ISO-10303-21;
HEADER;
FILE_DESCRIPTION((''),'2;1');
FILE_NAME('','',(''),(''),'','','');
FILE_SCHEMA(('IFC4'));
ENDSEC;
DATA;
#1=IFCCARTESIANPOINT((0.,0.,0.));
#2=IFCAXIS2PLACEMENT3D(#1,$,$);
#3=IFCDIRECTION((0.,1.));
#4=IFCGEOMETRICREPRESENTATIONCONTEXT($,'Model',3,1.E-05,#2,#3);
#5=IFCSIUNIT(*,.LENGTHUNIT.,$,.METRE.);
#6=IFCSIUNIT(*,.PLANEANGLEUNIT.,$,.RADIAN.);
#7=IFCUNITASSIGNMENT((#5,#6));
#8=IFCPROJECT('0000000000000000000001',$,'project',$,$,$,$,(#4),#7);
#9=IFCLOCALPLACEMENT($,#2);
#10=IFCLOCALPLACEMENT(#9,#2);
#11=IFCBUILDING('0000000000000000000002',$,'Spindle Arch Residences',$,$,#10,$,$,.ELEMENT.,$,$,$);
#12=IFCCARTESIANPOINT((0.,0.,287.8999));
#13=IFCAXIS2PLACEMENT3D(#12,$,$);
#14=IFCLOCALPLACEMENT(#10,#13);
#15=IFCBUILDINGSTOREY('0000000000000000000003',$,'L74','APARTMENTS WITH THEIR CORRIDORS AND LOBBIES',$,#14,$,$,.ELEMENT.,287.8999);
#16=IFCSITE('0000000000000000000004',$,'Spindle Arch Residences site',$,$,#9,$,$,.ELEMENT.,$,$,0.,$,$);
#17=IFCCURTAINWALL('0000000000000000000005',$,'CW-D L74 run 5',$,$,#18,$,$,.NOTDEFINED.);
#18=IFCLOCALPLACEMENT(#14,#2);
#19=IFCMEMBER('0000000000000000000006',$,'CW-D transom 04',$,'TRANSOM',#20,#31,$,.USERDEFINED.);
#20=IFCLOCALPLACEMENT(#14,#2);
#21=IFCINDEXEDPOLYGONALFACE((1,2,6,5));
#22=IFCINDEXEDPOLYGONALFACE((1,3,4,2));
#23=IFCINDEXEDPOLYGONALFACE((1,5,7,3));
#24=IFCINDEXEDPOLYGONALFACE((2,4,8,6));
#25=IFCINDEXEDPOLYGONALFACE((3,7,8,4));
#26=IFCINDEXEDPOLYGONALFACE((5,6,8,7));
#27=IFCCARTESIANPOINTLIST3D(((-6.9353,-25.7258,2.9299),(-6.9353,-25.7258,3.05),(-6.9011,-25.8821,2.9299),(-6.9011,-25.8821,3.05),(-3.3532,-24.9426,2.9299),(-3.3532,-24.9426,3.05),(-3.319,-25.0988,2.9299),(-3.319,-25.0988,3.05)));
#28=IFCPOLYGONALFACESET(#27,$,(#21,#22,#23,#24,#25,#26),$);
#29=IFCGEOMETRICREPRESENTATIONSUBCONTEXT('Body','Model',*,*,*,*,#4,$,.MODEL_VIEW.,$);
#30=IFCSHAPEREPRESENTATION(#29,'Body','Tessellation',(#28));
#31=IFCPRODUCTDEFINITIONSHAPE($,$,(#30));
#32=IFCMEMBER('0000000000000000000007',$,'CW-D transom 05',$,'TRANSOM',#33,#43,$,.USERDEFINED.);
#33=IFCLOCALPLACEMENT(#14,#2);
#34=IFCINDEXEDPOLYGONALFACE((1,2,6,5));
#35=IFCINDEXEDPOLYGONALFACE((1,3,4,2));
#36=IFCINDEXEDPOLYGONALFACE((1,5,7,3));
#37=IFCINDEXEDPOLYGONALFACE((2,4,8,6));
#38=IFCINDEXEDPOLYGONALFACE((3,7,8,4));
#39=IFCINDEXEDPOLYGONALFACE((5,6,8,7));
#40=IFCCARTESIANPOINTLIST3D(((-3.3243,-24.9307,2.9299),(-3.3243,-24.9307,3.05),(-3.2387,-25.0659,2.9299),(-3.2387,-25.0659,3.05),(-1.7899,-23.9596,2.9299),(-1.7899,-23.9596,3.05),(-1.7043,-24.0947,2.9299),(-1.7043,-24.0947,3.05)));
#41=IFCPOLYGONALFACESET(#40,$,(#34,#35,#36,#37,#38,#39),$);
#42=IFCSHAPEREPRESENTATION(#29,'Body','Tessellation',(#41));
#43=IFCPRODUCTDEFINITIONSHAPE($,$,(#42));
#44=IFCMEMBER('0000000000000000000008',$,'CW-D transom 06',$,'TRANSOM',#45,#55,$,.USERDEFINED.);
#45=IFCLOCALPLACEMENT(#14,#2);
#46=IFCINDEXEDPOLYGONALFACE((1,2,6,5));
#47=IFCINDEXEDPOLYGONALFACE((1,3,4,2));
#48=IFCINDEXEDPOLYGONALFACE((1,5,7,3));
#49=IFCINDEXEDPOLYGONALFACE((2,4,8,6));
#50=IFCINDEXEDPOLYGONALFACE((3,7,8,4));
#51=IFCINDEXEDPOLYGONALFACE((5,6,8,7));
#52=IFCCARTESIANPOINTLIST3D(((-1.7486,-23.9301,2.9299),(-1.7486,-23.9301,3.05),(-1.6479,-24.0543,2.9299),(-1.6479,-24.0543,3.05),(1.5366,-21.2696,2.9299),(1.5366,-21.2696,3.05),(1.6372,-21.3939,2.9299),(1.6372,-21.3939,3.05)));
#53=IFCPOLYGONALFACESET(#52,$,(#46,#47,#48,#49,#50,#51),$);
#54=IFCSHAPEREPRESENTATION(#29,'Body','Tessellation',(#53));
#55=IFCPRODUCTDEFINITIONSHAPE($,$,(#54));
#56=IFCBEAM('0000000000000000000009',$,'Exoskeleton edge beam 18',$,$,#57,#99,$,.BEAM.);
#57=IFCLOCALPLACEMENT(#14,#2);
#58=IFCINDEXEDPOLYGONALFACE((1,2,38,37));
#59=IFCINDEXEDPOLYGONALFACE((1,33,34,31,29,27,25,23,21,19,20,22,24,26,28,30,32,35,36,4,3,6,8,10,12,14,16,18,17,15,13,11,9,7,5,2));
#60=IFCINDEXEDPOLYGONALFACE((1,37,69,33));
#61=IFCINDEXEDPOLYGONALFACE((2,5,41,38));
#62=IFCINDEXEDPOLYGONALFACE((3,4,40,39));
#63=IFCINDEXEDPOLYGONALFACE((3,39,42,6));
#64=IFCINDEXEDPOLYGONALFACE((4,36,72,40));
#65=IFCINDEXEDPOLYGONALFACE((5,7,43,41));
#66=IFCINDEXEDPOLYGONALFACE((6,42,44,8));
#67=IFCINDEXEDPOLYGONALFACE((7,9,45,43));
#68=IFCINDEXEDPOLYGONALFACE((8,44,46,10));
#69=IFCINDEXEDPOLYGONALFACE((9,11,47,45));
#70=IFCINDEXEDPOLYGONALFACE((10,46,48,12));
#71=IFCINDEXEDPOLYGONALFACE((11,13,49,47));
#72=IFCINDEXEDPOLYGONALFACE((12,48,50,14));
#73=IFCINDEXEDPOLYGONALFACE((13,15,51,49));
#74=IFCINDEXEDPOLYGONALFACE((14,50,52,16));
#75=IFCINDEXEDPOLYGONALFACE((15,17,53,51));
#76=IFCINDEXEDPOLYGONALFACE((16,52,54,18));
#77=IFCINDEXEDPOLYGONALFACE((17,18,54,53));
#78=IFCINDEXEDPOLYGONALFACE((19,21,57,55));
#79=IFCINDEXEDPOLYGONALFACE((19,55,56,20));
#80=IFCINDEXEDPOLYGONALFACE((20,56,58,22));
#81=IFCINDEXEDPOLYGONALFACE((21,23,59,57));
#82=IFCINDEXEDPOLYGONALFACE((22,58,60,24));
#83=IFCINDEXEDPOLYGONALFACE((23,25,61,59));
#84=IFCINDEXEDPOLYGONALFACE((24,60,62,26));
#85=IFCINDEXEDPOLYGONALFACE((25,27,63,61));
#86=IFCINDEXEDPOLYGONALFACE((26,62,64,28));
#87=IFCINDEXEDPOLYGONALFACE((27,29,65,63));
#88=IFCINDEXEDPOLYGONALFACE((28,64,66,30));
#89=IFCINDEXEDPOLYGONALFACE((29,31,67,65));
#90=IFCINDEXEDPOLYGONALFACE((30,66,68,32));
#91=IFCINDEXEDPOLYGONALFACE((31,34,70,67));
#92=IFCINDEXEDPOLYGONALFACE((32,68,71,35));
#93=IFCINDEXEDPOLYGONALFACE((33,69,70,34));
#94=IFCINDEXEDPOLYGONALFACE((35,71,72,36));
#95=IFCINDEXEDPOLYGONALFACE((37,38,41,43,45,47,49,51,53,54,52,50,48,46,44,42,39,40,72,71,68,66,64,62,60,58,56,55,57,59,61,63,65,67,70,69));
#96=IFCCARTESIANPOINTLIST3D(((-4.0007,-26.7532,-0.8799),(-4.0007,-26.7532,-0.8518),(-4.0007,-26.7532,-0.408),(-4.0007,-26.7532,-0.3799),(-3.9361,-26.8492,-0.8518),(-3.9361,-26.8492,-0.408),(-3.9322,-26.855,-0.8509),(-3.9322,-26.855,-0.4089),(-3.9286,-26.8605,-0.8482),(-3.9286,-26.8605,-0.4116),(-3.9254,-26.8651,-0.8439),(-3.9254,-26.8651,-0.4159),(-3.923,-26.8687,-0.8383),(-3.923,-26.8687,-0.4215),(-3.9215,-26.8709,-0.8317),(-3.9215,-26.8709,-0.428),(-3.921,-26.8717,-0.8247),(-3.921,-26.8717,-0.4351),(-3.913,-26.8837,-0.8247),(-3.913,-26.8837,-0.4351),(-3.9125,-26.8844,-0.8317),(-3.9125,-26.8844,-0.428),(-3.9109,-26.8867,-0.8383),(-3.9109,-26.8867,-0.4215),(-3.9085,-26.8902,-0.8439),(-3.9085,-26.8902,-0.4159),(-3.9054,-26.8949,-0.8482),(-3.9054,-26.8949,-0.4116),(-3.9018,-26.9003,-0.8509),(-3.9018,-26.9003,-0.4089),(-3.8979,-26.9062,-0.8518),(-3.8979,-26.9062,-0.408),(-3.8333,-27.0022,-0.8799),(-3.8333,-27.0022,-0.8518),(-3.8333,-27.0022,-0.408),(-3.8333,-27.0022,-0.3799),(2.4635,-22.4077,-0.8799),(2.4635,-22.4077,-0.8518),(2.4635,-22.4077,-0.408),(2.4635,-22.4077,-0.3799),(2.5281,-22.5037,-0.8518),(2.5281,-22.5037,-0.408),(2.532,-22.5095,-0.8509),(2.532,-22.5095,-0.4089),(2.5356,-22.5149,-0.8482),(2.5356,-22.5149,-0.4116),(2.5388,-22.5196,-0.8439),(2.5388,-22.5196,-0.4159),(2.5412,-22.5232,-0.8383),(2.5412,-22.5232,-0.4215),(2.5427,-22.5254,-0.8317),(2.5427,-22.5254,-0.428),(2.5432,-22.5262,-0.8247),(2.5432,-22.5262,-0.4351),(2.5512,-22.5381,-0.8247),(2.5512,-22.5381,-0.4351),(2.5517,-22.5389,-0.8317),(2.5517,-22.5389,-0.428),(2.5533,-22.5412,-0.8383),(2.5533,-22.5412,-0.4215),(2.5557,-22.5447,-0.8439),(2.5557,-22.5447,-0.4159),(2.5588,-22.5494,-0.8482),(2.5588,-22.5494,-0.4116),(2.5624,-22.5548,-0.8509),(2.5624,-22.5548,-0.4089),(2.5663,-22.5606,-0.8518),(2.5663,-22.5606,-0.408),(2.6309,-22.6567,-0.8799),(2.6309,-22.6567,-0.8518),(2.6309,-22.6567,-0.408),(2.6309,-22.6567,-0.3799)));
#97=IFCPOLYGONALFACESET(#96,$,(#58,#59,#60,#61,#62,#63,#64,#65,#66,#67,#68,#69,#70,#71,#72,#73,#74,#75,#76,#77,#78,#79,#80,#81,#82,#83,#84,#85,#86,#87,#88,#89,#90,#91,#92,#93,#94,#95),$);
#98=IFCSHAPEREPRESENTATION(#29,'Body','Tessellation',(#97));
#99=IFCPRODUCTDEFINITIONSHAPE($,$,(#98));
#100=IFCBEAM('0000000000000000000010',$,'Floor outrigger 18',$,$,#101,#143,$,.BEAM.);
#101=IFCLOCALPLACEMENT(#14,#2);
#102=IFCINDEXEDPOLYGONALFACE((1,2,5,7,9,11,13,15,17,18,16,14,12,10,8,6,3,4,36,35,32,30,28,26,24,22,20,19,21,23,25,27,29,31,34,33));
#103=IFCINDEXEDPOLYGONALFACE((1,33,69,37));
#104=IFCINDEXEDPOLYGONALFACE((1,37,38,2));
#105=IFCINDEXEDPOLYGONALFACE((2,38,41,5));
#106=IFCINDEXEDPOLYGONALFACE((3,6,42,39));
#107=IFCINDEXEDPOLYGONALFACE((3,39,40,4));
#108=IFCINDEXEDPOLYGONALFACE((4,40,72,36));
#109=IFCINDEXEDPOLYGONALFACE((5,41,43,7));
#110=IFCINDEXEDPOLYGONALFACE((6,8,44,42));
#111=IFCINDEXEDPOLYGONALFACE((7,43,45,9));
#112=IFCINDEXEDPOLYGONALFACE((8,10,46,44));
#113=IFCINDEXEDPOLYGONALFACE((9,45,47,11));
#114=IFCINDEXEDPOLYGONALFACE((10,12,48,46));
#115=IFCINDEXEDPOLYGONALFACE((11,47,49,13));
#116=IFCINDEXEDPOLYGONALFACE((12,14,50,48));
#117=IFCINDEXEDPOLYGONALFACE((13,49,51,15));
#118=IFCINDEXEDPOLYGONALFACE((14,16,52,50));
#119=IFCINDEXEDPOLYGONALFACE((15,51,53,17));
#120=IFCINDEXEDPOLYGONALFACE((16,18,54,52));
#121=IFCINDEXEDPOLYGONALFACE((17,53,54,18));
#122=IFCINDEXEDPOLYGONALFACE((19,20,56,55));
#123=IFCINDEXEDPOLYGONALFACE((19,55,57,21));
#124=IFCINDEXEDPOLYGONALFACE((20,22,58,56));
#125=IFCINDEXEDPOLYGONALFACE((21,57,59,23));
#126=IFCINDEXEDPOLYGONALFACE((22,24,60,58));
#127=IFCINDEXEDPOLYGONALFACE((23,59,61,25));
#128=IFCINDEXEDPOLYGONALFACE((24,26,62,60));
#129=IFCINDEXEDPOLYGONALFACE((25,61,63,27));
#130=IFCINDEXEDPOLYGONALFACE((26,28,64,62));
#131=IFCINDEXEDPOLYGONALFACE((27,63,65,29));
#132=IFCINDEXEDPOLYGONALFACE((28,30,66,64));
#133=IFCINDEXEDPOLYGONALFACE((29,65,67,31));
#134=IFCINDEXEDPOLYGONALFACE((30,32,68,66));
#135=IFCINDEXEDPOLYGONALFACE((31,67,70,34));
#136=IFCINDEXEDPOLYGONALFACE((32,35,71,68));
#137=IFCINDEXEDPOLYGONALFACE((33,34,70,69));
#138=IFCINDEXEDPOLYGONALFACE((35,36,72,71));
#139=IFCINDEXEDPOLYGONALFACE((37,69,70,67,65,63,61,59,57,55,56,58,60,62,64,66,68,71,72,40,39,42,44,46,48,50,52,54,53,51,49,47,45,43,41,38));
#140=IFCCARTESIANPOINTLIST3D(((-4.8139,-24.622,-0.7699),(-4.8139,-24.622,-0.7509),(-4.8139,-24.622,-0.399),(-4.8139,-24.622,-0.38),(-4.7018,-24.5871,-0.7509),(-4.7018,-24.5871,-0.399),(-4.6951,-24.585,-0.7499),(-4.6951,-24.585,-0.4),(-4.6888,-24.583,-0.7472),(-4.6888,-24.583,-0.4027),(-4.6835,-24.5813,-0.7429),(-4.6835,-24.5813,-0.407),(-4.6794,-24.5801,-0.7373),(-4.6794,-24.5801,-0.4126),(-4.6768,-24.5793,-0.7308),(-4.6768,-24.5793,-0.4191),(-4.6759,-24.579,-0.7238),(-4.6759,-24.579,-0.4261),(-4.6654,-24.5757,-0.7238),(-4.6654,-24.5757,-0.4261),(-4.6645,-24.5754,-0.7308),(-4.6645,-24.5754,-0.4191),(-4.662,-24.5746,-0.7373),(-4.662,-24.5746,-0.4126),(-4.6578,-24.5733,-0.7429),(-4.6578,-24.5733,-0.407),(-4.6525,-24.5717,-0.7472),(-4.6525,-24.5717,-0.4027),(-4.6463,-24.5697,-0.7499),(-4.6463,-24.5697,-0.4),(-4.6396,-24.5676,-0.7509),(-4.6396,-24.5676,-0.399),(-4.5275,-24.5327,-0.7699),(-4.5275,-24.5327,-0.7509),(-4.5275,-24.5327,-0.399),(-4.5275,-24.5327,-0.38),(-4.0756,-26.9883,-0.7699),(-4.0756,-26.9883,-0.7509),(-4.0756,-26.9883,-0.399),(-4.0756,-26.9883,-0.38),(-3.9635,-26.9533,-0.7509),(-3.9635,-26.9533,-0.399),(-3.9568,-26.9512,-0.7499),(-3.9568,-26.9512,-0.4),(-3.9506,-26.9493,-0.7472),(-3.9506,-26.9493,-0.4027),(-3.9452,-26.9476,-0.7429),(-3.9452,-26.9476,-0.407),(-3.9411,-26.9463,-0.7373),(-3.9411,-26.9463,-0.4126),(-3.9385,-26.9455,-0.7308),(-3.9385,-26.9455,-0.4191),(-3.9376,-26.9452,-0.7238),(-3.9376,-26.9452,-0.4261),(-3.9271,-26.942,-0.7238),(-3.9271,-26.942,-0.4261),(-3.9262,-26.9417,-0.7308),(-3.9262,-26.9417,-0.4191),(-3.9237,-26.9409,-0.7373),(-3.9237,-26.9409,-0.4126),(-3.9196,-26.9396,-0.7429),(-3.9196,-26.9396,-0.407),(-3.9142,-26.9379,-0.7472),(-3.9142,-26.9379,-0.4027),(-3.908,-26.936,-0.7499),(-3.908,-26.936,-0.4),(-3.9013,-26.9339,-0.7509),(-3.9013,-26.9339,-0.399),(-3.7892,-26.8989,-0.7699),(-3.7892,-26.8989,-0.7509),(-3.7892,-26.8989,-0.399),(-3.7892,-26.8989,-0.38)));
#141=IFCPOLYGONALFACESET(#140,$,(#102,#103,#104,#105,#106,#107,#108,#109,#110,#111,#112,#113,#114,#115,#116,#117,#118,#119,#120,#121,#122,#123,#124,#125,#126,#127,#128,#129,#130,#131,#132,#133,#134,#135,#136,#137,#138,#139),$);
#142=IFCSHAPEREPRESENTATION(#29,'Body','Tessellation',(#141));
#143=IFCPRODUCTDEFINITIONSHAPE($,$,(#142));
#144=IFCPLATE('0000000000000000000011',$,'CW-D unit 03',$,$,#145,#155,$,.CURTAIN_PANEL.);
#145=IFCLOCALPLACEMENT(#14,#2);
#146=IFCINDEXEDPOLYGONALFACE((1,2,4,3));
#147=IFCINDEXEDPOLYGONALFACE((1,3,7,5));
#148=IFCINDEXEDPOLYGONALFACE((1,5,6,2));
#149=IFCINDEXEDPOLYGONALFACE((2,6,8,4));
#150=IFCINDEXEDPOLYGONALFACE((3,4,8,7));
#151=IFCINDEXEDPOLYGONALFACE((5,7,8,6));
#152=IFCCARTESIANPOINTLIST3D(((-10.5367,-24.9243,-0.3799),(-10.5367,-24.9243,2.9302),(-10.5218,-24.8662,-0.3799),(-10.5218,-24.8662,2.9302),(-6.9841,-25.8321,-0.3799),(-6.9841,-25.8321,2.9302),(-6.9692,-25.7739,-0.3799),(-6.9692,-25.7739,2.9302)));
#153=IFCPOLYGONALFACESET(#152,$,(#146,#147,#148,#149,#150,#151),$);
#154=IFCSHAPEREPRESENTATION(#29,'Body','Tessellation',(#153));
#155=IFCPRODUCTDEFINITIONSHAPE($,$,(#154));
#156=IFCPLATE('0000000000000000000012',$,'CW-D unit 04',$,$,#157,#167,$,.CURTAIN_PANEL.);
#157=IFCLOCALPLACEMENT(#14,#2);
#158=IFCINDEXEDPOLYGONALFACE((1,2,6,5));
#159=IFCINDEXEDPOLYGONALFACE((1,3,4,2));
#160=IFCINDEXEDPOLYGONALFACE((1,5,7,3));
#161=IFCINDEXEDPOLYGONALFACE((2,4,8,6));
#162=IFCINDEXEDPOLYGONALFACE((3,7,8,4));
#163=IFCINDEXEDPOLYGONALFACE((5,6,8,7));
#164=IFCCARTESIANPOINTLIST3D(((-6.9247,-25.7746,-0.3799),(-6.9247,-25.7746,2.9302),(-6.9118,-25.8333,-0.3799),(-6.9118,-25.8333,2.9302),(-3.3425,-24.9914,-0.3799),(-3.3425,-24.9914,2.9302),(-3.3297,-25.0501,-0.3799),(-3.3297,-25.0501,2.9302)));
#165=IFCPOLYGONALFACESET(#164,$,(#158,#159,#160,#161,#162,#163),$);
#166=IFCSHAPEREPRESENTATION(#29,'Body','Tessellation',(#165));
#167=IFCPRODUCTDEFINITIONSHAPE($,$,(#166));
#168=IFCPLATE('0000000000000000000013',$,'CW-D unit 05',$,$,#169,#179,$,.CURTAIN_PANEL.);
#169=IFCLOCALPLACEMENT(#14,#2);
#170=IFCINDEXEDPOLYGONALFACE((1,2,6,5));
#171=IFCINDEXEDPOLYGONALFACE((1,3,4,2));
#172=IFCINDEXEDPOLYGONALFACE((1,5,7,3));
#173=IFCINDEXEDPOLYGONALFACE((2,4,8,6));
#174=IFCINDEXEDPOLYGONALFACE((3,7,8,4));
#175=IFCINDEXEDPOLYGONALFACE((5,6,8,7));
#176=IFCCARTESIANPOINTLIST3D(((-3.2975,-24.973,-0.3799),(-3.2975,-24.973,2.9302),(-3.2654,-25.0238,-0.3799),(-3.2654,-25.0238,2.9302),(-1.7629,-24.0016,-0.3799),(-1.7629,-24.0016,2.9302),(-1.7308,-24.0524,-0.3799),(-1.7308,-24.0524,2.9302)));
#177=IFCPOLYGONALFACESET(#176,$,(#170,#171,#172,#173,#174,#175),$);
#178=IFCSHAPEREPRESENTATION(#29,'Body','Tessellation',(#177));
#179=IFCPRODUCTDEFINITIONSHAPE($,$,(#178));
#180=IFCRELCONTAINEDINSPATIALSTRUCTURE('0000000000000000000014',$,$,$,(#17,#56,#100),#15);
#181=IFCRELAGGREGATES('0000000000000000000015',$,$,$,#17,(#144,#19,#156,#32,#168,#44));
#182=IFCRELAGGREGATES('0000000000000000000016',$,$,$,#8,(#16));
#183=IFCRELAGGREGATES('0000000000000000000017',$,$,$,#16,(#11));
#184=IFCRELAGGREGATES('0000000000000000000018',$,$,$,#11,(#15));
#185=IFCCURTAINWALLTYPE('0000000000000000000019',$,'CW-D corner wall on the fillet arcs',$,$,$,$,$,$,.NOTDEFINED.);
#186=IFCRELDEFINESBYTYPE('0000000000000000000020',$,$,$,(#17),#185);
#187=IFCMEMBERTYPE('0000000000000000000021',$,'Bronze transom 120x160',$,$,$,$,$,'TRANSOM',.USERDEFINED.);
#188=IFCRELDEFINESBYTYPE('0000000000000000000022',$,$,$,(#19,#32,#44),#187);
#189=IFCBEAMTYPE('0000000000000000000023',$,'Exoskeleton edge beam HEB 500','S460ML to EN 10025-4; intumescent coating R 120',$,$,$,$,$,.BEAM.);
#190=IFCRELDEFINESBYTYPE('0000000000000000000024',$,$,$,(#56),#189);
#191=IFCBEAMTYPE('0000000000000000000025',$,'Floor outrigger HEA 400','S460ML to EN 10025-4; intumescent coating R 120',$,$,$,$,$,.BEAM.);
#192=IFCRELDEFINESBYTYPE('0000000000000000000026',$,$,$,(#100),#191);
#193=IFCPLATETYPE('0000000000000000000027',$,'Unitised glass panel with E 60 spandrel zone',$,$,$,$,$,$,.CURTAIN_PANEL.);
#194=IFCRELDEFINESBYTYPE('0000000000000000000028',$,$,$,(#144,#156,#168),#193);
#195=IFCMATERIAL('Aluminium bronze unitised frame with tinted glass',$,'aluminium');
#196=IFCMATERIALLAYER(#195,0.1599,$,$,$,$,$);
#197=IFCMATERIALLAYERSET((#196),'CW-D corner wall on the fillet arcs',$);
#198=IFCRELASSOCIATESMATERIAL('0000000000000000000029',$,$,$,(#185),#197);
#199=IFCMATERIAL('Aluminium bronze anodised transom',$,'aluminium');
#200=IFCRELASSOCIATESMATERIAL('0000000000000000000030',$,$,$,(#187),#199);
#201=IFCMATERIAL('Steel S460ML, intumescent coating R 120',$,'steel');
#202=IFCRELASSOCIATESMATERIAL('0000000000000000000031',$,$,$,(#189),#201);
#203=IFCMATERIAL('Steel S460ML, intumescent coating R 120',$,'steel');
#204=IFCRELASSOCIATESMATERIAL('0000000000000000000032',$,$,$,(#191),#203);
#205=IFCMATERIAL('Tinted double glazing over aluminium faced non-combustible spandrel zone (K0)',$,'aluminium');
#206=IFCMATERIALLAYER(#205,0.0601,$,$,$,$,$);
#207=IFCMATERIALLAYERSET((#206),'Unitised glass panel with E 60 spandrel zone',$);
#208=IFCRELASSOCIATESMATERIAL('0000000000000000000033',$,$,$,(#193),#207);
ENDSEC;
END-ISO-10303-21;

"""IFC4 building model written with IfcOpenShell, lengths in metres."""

from ifc_helpers import new_model, si_unit, direction, frame, origin, origin_2d, place, context, subcontext, project, spatial, rectangle, i_section, extrude, material, layer, layer_set, material_profile, profile_set, type_object, element, aggregate, save


model = new_model("IFC4")

# Units and contexts
model_context = context("Model", 3, precision=1e-05, world=origin(), true_north=direction((0.0, 1.0)))
body_context = subcontext(model_context, "Body", "Model", "MODEL_VIEW")
ifc_project = project(units=[si_unit("LENGTHUNIT", "METRE"), si_unit("PLANEANGLEUNIT", "RADIAN")], contexts=[model_context])

# Site, building, storey
site_placement = place(None, origin())
site = spatial("IfcSite", under=ifc_project, at=site_placement, Name="Spindle Arch Residences site", CompositionType="ELEMENT", RefElevation=0.0)
building_placement = place(site_placement, origin())
building = spatial("IfcBuilding", under=site, at=building_placement, Name="Spindle Arch Residences", CompositionType="ELEMENT")
storey_placement = place(building_placement, frame((0.0, 0.0, 287.8999)))
storey = spatial("IfcBuildingStorey", under=building, at=storey_placement, Name="L74", Description="APARTMENTS WITH THEIR CORRIDORS AND LOBBIES", CompositionType="ELEMENT", Elevation=287.8999)

# Curtain wall, members
ifc_material_1 = material(Name="Aluminium bronze unitised frame with tinted glass", Category="aluminium")
ifc_layer_1 = layer(ifc_material_1, 0.1599)
ifc_layer_set_1 = layer_set([ifc_layer_1], Name="CW-D corner wall on the fillet arcs")
curtain_wall_type = type_object("IfcCurtainWallType", Name="CW-D corner wall on the fillet arcs", PredefinedType="NOTDEFINED", material=ifc_layer_set_1)
curtain_wall_placement = place(storey_placement, origin())
curtain_wall = element("IfcCurtainWall", 1, at=curtain_wall_placement, inside=storey, type_object=curtain_wall_type, Name="CW-D L74 run 5", PredefinedType="NOTDEFINED")
ifc_material_2 = material(Name="Aluminium bronze anodised transom", Category="aluminium")
ifc_material_profile_1 = material_profile(ifc_material_2, rectangle(XDim=0.1599, YDim=0.1201, at=origin_2d()), Name="TR 120x160")
ifc_profile_set_1 = profile_set([ifc_material_profile_1], Name="Aluminium bronze anodised transom")
member_type_1 = type_object("IfcMemberType", Name="Bronze transom 120x160", ElementType="TRANSOM", PredefinedType="USERDEFINED", material=ifc_profile_set_1)
member_1_placement = place(storey_placement, frame((-6.9182, -25.804, 2.99), z_axis=(0.976921, 0.213602, 0.0), x_axis=(-0.213602, 0.976921, 0.0)))
member_1 = element("IfcMember", 2, at=member_1_placement, type_object=member_type_1, Name="CW-D transom 04", ObjectType="TRANSOM", PredefinedType="USERDEFINED", context=body_context, shape_type="SweptSolid", body=[
    extrude(rectangle(XDim=0.1599, YDim=0.1201, at=origin_2d()), origin(), (0.0, 0.0, 1.0), 3.6667),
])
member_2_placement = place(storey_placement, frame((-3.2815, -24.9983, 2.99), z_axis=(0.844971, 0.534812, 0.0), x_axis=(-0.534812, 0.844971, 0.0)))
member_2 = element("IfcMember", 3, at=member_2_placement, type_object=member_type_1, Name="CW-D transom 05", ObjectType="TRANSOM", PredefinedType="USERDEFINED", context=body_context, shape_type="SweptSolid", body=[
    extrude(rectangle(XDim=0.1599, YDim=0.1201, at=origin_2d()), origin(), (0.0, 0.0, 1.0), 1.8159),
])
member_3_placement = place(storey_placement, frame((-1.6982, -23.9922, 2.99), z_axis=(0.777131, 0.629339, 0.0), x_axis=(-0.629339, 0.777131, 0.0)))
member_3 = element("IfcMember", 4, at=member_3_placement, type_object=member_type_1, Name="CW-D transom 06", ObjectType="TRANSOM", PredefinedType="USERDEFINED", context=body_context, shape_type="SweptSolid", body=[
    extrude(rectangle(XDim=0.1599, YDim=0.1201, at=origin_2d()), origin(), (0.0, 0.0, 1.0), 4.2273),
])

# Beams
ifc_material_3 = material(Name="Steel S460ML, intumescent coating R 120", Category="steel")
ifc_material_profile_2 = material_profile(ifc_material_3, i_section(OverallWidth=0.3, OverallDepth=0.5, WebThickness=0.0144, FlangeThickness=0.0281, FilletRadius=0.0271, at=origin_2d()), Name="HEB 500")
ifc_profile_set_2 = profile_set([ifc_material_profile_2], Name="Steel S460ML, intumescent coating R 120")
beam_type_1 = type_object("IfcBeamType", Name="Exoskeleton edge beam HEB 500", Description="S460ML to EN 10025-4; intumescent coating R 120", PredefinedType="BEAM", material=ifc_profile_set_2)
beam_1_placement = place(storey_placement, frame((-3.917, -26.8777, -0.6299), z_axis=(0.829908, 0.5579, 0.0), x_axis=(-0.5579, 0.829908, 0.0)))
element("IfcBeam", 5, at=beam_1_placement, inside=storey, type_object=beam_type_1, Name="Exoskeleton edge beam 18", PredefinedType="BEAM", context=body_context, shape_type="SweptSolid", body=[
    extrude(i_section(OverallWidth=0.3, OverallDepth=0.5, WebThickness=0.0144, FlangeThickness=0.0281, FilletRadius=0.0271, at=origin_2d()), origin(), (0.0, 0.0, 1.0), 7.7891),
])
ifc_material_4 = material(Name="Steel S460ML, intumescent coating R 120", Category="steel")
ifc_material_profile_3 = material_profile(ifc_material_4, i_section(OverallWidth=0.3, OverallDepth=0.3899, WebThickness=0.011, FlangeThickness=0.019, FilletRadius=0.0271, at=origin_2d()), Name="HEA 400")
ifc_profile_set_3 = profile_set([ifc_material_profile_3], Name="Steel S460ML, intumescent coating R 120")
beam_type_2 = type_object("IfcBeamType", Name="Floor outrigger HEA 400", Description="S460ML to EN 10025-4; intumescent coating R 120", PredefinedType="BEAM", material=ifc_profile_set_3)
beam_2_placement = place(storey_placement, frame((-3.9324, -26.9436, -0.575), z_axis=(-0.297849, 0.954613, 0.0), x_axis=(-0.954613, -0.297849, 0.0)))
element("IfcBeam", 6, at=beam_2_placement, inside=storey, type_object=beam_type_2, Name="Floor outrigger 18", PredefinedType="BEAM", context=body_context, shape_type="SweptSolid", body=[
    extrude(i_section(OverallWidth=0.3, OverallDepth=0.3899, WebThickness=0.011, FlangeThickness=0.019, FilletRadius=0.0271, at=origin_2d()), origin(), (0.0, 0.0, 1.0), 2.4788),
])

# Plates
ifc_material_5 = material(Name="Tinted double glazing over aluminium faced non-combustible spandrel zone (K0)", Category="aluminium")
ifc_layer_2 = layer(ifc_material_5, 0.0601)
ifc_layer_set_2 = layer_set([ifc_layer_2], Name="Unitised glass panel with E 60 spandrel zone")
plate_type = type_object("IfcPlateType", Name="Unitised glass panel with E 60 spandrel zone", PredefinedType="CURTAIN_PANEL", material=ifc_layer_set_2)
plate_1_placement = place(storey_placement, frame((-8.7529, -25.3491, -0.3799), z_axis=(0.0, 0.0, 1.0), x_axis=(0.968872, -0.247563, 0.0)))
plate_1 = element("IfcPlate", 7, at=plate_1_placement, type_object=plate_type, Name="CW-D unit 03", PredefinedType="CURTAIN_PANEL", context=body_context, shape_type="SweptSolid", body=[
    extrude(rectangle(XDim=3.6667, YDim=0.0601, at=origin_2d()), origin(), (0.0, 0.0, 1.0), 3.3101),
])
plate_2_placement = place(storey_placement, frame((-5.1272, -25.4124, -0.3799), z_axis=(0.0, 0.0, 1.0), x_axis=(0.976921, 0.213599, 0.0)))
plate_2 = element("IfcPlate", 8, at=plate_2_placement, type_object=plate_type, Name="CW-D unit 04", PredefinedType="CURTAIN_PANEL", context=body_context, shape_type="SweptSolid", body=[
    extrude(rectangle(XDim=3.6667, YDim=0.0601, at=origin_2d()), origin(), (0.0, 0.0, 1.0), 3.3101),
])
plate_3_placement = place(storey_placement, frame((-2.5142, -24.5127, -0.3799), z_axis=(0.0, 0.0, 1.0), x_axis=(0.844951, 0.534844, 0.0)))
plate_3 = element("IfcPlate", 9, at=plate_3_placement, type_object=plate_type, Name="CW-D unit 05", PredefinedType="CURTAIN_PANEL", context=body_context, shape_type="SweptSolid", body=[
    extrude(rectangle(XDim=1.8162, YDim=0.0601, at=origin_2d()), origin(), (0.0, 0.0, 1.0), 3.3101),
])
aggregate(curtain_wall, [plate_1, member_1, plate_2, member_2, plate_3, member_3])

save(model, "model.ifc")
